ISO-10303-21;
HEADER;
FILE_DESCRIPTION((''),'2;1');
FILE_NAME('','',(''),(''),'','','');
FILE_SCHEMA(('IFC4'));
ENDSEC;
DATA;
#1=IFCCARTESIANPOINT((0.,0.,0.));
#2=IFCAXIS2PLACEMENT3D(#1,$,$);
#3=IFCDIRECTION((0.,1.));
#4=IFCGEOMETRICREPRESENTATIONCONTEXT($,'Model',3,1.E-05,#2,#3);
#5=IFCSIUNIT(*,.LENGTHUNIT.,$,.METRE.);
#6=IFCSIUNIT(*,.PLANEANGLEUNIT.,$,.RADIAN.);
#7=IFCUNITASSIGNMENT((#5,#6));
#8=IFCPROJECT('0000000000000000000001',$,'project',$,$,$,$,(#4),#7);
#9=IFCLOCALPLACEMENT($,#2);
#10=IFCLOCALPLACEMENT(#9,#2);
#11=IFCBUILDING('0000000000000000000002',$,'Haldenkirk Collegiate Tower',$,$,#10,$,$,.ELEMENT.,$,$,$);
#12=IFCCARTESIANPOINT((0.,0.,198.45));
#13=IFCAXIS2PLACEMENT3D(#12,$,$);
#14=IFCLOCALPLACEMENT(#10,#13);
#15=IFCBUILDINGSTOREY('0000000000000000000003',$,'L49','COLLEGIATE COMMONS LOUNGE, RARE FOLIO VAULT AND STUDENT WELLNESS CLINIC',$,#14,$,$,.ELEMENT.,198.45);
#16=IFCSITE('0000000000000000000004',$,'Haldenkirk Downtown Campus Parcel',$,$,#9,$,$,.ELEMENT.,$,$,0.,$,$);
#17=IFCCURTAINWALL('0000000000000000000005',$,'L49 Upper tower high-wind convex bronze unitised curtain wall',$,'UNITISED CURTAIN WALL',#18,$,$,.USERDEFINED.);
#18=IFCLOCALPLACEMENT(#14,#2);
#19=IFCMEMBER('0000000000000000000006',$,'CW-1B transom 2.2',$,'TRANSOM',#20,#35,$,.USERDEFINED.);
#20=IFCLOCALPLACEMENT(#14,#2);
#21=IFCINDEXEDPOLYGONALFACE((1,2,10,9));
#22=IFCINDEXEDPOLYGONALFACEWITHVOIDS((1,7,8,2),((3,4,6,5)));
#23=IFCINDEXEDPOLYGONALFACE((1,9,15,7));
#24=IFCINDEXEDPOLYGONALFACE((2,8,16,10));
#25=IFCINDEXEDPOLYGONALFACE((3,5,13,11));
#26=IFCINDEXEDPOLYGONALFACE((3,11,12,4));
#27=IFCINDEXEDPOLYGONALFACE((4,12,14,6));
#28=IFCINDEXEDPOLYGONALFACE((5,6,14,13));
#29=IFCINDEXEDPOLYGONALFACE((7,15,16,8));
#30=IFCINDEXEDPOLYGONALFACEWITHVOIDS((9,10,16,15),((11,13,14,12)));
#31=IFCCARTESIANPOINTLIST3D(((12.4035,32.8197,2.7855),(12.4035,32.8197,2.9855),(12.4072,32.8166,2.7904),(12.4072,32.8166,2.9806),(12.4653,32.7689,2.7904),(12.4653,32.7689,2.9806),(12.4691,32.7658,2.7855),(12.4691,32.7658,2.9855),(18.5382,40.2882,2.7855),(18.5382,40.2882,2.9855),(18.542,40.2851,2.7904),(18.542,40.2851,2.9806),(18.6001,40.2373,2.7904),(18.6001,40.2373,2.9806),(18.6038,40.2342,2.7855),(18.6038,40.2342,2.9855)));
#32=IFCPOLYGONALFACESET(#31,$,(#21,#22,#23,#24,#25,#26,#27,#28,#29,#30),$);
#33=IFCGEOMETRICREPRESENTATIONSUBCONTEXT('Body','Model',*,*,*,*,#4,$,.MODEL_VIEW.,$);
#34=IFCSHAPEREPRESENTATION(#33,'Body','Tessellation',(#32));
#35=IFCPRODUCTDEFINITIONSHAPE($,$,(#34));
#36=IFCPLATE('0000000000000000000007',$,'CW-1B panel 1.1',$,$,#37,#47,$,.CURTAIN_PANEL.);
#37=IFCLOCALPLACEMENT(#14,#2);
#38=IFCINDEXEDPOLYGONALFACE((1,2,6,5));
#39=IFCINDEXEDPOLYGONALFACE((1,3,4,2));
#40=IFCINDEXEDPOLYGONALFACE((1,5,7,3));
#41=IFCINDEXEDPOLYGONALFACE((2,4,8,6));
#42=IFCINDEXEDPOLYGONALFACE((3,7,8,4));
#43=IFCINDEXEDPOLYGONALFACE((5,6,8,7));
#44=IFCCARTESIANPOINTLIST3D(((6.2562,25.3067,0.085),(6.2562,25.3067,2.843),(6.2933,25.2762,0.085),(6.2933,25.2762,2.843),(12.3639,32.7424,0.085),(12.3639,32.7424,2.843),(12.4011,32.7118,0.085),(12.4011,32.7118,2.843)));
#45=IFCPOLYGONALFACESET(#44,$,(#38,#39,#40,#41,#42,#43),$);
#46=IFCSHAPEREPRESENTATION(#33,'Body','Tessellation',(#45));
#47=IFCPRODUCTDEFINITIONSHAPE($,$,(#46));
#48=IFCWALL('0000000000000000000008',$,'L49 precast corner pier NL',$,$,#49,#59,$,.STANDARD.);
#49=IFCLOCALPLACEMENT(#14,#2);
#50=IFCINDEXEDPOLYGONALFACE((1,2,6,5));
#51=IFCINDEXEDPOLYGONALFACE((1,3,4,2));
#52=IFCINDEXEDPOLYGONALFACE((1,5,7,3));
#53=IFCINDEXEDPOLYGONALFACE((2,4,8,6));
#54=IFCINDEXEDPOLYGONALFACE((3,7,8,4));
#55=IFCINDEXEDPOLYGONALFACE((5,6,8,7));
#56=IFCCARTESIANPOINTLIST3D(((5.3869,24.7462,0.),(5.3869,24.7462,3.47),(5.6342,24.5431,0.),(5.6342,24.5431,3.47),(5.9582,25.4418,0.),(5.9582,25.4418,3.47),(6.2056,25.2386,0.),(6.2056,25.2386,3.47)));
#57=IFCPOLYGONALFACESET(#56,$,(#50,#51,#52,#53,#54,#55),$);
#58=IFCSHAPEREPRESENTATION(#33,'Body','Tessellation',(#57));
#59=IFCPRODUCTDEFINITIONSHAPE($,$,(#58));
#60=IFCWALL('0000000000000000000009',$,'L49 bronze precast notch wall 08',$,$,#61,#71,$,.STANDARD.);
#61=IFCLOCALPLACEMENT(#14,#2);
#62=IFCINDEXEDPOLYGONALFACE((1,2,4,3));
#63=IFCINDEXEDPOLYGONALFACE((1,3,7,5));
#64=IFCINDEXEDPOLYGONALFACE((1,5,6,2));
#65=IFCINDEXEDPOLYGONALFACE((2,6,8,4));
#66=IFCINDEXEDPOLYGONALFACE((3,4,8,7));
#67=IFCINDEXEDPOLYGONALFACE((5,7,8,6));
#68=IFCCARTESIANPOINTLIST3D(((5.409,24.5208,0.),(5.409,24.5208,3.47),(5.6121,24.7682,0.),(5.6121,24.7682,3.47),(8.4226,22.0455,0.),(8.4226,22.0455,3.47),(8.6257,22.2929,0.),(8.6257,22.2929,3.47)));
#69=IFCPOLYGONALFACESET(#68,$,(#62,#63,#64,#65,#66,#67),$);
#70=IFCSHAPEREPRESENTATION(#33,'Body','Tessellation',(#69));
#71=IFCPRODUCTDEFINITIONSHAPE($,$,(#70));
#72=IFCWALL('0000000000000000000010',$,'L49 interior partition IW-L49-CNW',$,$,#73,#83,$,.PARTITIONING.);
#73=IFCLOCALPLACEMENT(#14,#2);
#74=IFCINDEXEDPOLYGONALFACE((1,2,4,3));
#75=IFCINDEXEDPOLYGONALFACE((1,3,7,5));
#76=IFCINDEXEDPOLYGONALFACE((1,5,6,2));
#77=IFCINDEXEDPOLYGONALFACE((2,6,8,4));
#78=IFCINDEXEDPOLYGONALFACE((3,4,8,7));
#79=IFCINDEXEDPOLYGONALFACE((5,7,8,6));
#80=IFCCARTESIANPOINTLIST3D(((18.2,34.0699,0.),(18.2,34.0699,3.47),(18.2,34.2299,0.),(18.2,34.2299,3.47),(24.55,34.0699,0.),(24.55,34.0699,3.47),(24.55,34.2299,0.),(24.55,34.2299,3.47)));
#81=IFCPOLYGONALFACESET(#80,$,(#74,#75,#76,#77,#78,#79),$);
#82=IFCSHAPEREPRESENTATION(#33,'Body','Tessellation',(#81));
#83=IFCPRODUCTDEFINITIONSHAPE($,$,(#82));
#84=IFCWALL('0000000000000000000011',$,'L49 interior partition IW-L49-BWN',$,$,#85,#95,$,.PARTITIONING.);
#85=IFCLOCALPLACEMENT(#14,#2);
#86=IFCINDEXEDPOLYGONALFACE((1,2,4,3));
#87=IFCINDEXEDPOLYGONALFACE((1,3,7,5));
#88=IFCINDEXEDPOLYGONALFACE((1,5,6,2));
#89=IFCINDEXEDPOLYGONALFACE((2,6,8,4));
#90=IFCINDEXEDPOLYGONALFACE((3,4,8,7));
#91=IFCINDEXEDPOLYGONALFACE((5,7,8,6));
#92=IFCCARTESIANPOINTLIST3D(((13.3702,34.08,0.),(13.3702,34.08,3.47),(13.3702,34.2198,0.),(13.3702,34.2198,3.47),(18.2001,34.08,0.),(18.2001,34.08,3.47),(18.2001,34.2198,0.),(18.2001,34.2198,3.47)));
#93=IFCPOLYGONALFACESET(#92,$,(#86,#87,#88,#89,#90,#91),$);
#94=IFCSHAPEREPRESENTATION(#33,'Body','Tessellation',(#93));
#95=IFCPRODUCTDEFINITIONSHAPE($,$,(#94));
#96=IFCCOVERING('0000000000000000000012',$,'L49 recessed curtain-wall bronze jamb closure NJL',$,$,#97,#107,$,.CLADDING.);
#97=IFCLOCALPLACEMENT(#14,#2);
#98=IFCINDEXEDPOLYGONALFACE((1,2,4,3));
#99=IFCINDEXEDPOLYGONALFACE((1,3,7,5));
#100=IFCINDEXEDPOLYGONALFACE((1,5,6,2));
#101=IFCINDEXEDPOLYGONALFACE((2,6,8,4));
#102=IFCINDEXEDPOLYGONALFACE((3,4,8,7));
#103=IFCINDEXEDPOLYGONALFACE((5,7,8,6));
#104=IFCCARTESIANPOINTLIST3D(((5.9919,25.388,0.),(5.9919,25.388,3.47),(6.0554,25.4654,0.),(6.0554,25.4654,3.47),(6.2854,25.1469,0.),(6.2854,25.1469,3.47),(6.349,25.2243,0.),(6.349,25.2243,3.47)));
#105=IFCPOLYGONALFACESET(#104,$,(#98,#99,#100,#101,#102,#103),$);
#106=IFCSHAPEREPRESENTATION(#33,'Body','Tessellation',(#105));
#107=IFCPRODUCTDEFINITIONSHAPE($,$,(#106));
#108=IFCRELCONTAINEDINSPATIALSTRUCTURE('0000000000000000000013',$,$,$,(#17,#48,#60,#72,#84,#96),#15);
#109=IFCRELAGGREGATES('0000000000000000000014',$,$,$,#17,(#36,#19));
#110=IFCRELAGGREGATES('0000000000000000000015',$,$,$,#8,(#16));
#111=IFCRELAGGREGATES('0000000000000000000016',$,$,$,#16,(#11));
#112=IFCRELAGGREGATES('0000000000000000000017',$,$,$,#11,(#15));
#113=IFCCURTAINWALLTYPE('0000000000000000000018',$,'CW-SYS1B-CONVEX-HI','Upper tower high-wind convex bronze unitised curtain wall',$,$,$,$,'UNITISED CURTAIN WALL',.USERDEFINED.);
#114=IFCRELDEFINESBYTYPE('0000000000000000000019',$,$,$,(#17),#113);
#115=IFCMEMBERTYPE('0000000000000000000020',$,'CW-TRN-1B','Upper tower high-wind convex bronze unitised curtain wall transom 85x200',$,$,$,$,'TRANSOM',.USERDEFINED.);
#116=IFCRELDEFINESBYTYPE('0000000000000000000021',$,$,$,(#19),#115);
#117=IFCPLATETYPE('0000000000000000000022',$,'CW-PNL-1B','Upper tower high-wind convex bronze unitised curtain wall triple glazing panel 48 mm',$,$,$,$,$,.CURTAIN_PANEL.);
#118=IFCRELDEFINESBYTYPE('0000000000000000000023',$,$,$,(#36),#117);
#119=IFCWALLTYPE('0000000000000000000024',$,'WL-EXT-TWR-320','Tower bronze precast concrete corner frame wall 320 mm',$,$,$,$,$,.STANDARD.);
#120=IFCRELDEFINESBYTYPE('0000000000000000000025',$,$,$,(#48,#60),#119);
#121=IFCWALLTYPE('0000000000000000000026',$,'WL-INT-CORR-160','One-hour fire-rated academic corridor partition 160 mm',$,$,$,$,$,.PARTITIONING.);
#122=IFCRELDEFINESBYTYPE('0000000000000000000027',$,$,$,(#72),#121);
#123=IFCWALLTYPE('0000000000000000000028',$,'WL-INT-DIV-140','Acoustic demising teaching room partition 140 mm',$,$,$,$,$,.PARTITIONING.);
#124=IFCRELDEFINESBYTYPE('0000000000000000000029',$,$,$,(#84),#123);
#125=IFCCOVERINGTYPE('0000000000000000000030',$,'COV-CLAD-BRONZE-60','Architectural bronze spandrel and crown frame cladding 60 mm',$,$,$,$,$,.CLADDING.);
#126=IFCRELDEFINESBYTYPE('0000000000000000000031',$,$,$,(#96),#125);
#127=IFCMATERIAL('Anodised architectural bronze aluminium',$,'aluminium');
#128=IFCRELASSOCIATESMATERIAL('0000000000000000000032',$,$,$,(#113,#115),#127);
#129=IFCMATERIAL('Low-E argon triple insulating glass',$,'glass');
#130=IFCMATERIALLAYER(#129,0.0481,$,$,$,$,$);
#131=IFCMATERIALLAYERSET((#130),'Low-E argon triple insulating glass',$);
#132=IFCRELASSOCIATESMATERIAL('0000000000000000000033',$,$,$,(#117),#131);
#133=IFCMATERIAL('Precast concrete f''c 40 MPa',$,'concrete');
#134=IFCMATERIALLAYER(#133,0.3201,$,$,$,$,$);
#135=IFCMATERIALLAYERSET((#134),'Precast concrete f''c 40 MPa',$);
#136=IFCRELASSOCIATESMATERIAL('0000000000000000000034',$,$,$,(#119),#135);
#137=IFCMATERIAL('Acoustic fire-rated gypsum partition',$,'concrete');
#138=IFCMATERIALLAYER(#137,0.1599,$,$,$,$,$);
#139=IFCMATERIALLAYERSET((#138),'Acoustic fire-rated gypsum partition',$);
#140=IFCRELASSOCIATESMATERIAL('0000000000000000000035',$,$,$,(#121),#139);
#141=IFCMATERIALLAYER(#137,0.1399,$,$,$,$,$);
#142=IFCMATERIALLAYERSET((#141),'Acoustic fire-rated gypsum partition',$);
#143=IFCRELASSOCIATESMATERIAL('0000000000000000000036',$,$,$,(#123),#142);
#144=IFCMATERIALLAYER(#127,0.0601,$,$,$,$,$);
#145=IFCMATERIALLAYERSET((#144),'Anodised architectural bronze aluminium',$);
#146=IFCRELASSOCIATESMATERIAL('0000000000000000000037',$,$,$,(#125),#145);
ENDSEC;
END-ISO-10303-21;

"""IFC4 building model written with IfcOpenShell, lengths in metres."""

from ifc_helpers import new_model, si_unit, direction, frame, frame_2d, origin, origin_2d, place, context, subcontext, project, spatial, rectangle, hollow_rectangle, extrude, source, transform, mapped, material, layer, layer_set, material_profile, profile_set, type_object, element, aggregate, save


model = new_model("IFC4")

# Units and contexts
model_context = context("Model", 3, precision=1e-05, world=origin(), true_north=direction((0.0, 1.0)))
body_context = subcontext(model_context, "Body", "Model", "MODEL_VIEW")
ifc_project = project(units=[si_unit("LENGTHUNIT", "METRE"), si_unit("PLANEANGLEUNIT", "RADIAN")], contexts=[model_context])

# Site, building, storey
site_placement = place(None, origin())
site = spatial("IfcSite", under=ifc_project, at=site_placement, Name="Haldenkirk Downtown Campus Parcel", CompositionType="ELEMENT", RefElevation=0.0)
building_placement = place(site_placement, origin())
building = spatial("IfcBuilding", under=site, at=building_placement, Name="Haldenkirk Collegiate Tower", CompositionType="ELEMENT")
storey_placement = place(building_placement, frame((0.0, 0.0, 198.45)))
storey = spatial("IfcBuildingStorey", under=building, at=storey_placement, Name="L49", Description="COLLEGIATE COMMONS LOUNGE, RARE FOLIO VAULT AND STUDENT WELLNESS CLINIC", CompositionType="ELEMENT", Elevation=198.45)

# Curtain wall, member, plate
ifc_material_1 = material(Name="Anodised architectural bronze aluminium", Category="aluminium")
curtain_wall_type = type_object("IfcCurtainWallType", Name="CW-SYS1B-CONVEX-HI", Description="Upper tower high-wind convex bronze unitised curtain wall", ElementType="UNITISED CURTAIN WALL", PredefinedType="USERDEFINED", material=ifc_material_1)
curtain_wall_placement = place(storey_placement, origin())
curtain_wall = element("IfcCurtainWall", 1, at=curtain_wall_placement, inside=storey, type_object=curtain_wall_type, Name="L49 Upper tower high-wind convex bronze unitised curtain wall", ObjectType="UNITISED CURTAIN WALL", PredefinedType="USERDEFINED")
ifc_material_profile_1 = material_profile(ifc_material_1, hollow_rectangle(XDim=0.085, YDim=0.2, WallThickness=0.0049, at=origin_2d()), Name="CW-TRN-1B")
ifc_profile_set_1 = profile_set([ifc_material_profile_1], Name="Anodised architectural bronze aluminium")
member_type_1 = type_object("IfcMemberType", Name="CW-TRN-1B", Description="Upper tower high-wind convex bronze unitised curtain wall transom 85x200", ElementType="TRANSOM", PredefinedType="USERDEFINED", material=ifc_profile_set_1)
member_1_placement = place(storey_placement, frame((12.4363, 32.7927, 2.8855), z_axis=(0.634735, 0.77273, 0.0), x_axis=(-0.77273, 0.634735, 0.0)))
member_1 = element("IfcMember", 2, at=member_1_placement, type_object=member_type_1, Name="CW-1B transom 2.2", ObjectType="TRANSOM", PredefinedType="USERDEFINED", context=body_context, shape_type="SweptSolid", body=[
    extrude(hollow_rectangle(XDim=0.085, YDim=0.2, WallThickness=0.0049, at=origin_2d()), origin(), (0.0, 0.0, 1.0), 9.665),
])
ifc_material_2 = material(Name="Low-E argon triple insulating glass", Category="glass")
ifc_layer_1 = layer(ifc_material_2, 0.0481)
ifc_layer_set_1 = layer_set([ifc_layer_1], Name="Low-E argon triple insulating glass")
plate_type = type_object("IfcPlateType", Name="CW-PNL-1B", Description="Upper tower high-wind convex bronze unitised curtain wall triple glazing panel 48 mm", PredefinedType="CURTAIN_PANEL", material=ifc_layer_set_1)
shared_shape_1 = source(origin(), body_context, "Body", "SweptSolid", [
    extrude(rectangle(XDim=9.6226, YDim=0.0481, at=origin_2d()), origin(), (0.0, 0.0, 1.0), 2.7581),
])
plate_placement = place(storey_placement, frame((9.3286, 29.0093, 0.085), z_axis=(0.0, 0.0, 1.0), x_axis=(0.634732, 0.772732, 0.0)))
plate = element("IfcPlate", 3, at=plate_placement, type_object=plate_type, Name="CW-1B panel 1.1", PredefinedType="CURTAIN_PANEL", context=body_context, shape_type="MappedRepresentation", body=[
    mapped(shared_shape_1, transform((0.0, 0.0, 0.0), x_axis=(1.0, 0.0, 0.0), y_axis=(0.0, 1.0, 0.0), z_axis=(0.0, 0.0, 1.0), scale=1.0)),
])
aggregate(curtain_wall, [plate, member_1])

# Walls
ifc_material_3 = material(Name="Precast concrete f'c 40 MPa", Category="concrete")
ifc_layer_2 = layer(ifc_material_3, 0.3201)
ifc_layer_set_2 = layer_set([ifc_layer_2], Name="Precast concrete f'c 40 MPa")
wall_type_1 = type_object("IfcWallType", Name="WL-EXT-TWR-320", Description="Tower bronze precast concrete corner frame wall 320 mm", PredefinedType="STANDARD", material=ifc_layer_set_2)
wall_1_placement = place(storey_placement, frame((5.5105, 24.6445, 0.0), z_axis=(0.0, 0.0, 1.0), x_axis=(0.634699, 0.77276, 0.0)))
element("IfcWall", 4, at=wall_1_placement, inside=storey, type_object=wall_type_1, Name="L49 precast corner pier NL", PredefinedType="STANDARD", context=body_context, shape_type="SweptSolid", body=[
    extrude(rectangle(XDim=0.9001, YDim=0.3201, at=frame_2d((0.4502, 0.0))), origin(), (0.0, 0.0, 1.0), 3.47),
])
wall_2_placement = place(storey_placement, frame((8.5242, 22.1692, 0.0), z_axis=(0.0, 0.0, 1.0), x_axis=(-0.772748, 0.634713, 0.0)))
element("IfcWall", 5, at=wall_2_placement, inside=storey, type_object=wall_type_1, Name="L49 bronze precast notch wall 08", PredefinedType="STANDARD", context=body_context, shape_type="SweptSolid", body=[
    extrude(rectangle(XDim=3.8999, YDim=0.3201, at=frame_2d((1.95, 0.0))), origin(), (0.0, 0.0, 1.0), 3.47),
])
ifc_material_4 = material(Name="Acoustic fire-rated gypsum partition", Category="concrete")
ifc_layer_3 = layer(ifc_material_4, 0.1599)
ifc_layer_set_3 = layer_set([ifc_layer_3], Name="Acoustic fire-rated gypsum partition")
wall_type_2 = type_object("IfcWallType", Name="WL-INT-CORR-160", Description="One-hour fire-rated academic corridor partition 160 mm", PredefinedType="PARTITIONING", material=ifc_layer_set_3)
wall_3_placement = place(storey_placement, frame((18.2, 34.1499, 0.0), z_axis=(0.0, 0.0, 1.0), x_axis=(1.0, 0.0, 0.0)))
element("IfcWall", 6, at=wall_3_placement, inside=storey, type_object=wall_type_2, Name="L49 interior partition IW-L49-CNW", PredefinedType="PARTITIONING", context=body_context, shape_type="SweptSolid", body=[
    extrude(rectangle(XDim=6.3501, YDim=0.1599, at=frame_2d((3.175, 0.0))), origin(), (0.0, 0.0, 1.0), 3.47),
])
ifc_layer_4 = layer(ifc_material_4, 0.1399)
ifc_layer_set_4 = layer_set([ifc_layer_4], Name="Acoustic fire-rated gypsum partition")
wall_type_3 = type_object("IfcWallType", Name="WL-INT-DIV-140", Description="Acoustic demising teaching room partition 140 mm", PredefinedType="PARTITIONING", material=ifc_layer_set_4)
wall_4_placement = place(storey_placement, frame((13.3701, 34.1499, 0.0), z_axis=(0.0, 0.0, 1.0), x_axis=(1.0, 0.0, 0.0)))
element("IfcWall", 7, at=wall_4_placement, inside=storey, type_object=wall_type_3, Name="L49 interior partition IW-L49-BWN", PredefinedType="PARTITIONING", context=body_context, shape_type="SweptSolid", body=[
    extrude(rectangle(XDim=4.8298, YDim=0.1399, at=frame_2d((2.415, 0.0))), origin(), (0.0, 0.0, 1.0), 3.47),
])

# Covering
ifc_layer_5 = layer(ifc_material_1, 0.0601)
ifc_layer_set_5 = layer_set([ifc_layer_5], Name="Anodised architectural bronze aluminium")
covering_type = type_object("IfcCoveringType", Name="COV-CLAD-BRONZE-60", Description="Architectural bronze spandrel and crown frame cladding 60 mm", PredefinedType="CLADDING", material=ifc_layer_set_5)
shared_shape_2 = source(origin(), body_context, "Body", "SweptSolid", [
    extrude(rectangle(XDim=0.1001, YDim=0.3799, at=origin_2d()), origin(), (0.0, 0.0, 1.0), 3.47),
])
covering_placement = place(storey_placement, frame((6.1704, 25.3062, 0.0), z_axis=(0.0, 0.0, 1.0), x_axis=(0.634731, 0.772734, 0.0)))
element("IfcCovering", 8, at=covering_placement, inside=storey, type_object=covering_type, Name="L49 recessed curtain-wall bronze jamb closure NJL", PredefinedType="CLADDING", context=body_context, shape_type="MappedRepresentation", body=[
    mapped(shared_shape_2, transform((0.0, 0.0, 0.0), x_axis=(1.0, 0.0, 0.0), y_axis=(0.0, 1.0, 0.0), z_axis=(0.0, 0.0, 1.0), scale=1.0)),
])

save(model, "model.ifc")
